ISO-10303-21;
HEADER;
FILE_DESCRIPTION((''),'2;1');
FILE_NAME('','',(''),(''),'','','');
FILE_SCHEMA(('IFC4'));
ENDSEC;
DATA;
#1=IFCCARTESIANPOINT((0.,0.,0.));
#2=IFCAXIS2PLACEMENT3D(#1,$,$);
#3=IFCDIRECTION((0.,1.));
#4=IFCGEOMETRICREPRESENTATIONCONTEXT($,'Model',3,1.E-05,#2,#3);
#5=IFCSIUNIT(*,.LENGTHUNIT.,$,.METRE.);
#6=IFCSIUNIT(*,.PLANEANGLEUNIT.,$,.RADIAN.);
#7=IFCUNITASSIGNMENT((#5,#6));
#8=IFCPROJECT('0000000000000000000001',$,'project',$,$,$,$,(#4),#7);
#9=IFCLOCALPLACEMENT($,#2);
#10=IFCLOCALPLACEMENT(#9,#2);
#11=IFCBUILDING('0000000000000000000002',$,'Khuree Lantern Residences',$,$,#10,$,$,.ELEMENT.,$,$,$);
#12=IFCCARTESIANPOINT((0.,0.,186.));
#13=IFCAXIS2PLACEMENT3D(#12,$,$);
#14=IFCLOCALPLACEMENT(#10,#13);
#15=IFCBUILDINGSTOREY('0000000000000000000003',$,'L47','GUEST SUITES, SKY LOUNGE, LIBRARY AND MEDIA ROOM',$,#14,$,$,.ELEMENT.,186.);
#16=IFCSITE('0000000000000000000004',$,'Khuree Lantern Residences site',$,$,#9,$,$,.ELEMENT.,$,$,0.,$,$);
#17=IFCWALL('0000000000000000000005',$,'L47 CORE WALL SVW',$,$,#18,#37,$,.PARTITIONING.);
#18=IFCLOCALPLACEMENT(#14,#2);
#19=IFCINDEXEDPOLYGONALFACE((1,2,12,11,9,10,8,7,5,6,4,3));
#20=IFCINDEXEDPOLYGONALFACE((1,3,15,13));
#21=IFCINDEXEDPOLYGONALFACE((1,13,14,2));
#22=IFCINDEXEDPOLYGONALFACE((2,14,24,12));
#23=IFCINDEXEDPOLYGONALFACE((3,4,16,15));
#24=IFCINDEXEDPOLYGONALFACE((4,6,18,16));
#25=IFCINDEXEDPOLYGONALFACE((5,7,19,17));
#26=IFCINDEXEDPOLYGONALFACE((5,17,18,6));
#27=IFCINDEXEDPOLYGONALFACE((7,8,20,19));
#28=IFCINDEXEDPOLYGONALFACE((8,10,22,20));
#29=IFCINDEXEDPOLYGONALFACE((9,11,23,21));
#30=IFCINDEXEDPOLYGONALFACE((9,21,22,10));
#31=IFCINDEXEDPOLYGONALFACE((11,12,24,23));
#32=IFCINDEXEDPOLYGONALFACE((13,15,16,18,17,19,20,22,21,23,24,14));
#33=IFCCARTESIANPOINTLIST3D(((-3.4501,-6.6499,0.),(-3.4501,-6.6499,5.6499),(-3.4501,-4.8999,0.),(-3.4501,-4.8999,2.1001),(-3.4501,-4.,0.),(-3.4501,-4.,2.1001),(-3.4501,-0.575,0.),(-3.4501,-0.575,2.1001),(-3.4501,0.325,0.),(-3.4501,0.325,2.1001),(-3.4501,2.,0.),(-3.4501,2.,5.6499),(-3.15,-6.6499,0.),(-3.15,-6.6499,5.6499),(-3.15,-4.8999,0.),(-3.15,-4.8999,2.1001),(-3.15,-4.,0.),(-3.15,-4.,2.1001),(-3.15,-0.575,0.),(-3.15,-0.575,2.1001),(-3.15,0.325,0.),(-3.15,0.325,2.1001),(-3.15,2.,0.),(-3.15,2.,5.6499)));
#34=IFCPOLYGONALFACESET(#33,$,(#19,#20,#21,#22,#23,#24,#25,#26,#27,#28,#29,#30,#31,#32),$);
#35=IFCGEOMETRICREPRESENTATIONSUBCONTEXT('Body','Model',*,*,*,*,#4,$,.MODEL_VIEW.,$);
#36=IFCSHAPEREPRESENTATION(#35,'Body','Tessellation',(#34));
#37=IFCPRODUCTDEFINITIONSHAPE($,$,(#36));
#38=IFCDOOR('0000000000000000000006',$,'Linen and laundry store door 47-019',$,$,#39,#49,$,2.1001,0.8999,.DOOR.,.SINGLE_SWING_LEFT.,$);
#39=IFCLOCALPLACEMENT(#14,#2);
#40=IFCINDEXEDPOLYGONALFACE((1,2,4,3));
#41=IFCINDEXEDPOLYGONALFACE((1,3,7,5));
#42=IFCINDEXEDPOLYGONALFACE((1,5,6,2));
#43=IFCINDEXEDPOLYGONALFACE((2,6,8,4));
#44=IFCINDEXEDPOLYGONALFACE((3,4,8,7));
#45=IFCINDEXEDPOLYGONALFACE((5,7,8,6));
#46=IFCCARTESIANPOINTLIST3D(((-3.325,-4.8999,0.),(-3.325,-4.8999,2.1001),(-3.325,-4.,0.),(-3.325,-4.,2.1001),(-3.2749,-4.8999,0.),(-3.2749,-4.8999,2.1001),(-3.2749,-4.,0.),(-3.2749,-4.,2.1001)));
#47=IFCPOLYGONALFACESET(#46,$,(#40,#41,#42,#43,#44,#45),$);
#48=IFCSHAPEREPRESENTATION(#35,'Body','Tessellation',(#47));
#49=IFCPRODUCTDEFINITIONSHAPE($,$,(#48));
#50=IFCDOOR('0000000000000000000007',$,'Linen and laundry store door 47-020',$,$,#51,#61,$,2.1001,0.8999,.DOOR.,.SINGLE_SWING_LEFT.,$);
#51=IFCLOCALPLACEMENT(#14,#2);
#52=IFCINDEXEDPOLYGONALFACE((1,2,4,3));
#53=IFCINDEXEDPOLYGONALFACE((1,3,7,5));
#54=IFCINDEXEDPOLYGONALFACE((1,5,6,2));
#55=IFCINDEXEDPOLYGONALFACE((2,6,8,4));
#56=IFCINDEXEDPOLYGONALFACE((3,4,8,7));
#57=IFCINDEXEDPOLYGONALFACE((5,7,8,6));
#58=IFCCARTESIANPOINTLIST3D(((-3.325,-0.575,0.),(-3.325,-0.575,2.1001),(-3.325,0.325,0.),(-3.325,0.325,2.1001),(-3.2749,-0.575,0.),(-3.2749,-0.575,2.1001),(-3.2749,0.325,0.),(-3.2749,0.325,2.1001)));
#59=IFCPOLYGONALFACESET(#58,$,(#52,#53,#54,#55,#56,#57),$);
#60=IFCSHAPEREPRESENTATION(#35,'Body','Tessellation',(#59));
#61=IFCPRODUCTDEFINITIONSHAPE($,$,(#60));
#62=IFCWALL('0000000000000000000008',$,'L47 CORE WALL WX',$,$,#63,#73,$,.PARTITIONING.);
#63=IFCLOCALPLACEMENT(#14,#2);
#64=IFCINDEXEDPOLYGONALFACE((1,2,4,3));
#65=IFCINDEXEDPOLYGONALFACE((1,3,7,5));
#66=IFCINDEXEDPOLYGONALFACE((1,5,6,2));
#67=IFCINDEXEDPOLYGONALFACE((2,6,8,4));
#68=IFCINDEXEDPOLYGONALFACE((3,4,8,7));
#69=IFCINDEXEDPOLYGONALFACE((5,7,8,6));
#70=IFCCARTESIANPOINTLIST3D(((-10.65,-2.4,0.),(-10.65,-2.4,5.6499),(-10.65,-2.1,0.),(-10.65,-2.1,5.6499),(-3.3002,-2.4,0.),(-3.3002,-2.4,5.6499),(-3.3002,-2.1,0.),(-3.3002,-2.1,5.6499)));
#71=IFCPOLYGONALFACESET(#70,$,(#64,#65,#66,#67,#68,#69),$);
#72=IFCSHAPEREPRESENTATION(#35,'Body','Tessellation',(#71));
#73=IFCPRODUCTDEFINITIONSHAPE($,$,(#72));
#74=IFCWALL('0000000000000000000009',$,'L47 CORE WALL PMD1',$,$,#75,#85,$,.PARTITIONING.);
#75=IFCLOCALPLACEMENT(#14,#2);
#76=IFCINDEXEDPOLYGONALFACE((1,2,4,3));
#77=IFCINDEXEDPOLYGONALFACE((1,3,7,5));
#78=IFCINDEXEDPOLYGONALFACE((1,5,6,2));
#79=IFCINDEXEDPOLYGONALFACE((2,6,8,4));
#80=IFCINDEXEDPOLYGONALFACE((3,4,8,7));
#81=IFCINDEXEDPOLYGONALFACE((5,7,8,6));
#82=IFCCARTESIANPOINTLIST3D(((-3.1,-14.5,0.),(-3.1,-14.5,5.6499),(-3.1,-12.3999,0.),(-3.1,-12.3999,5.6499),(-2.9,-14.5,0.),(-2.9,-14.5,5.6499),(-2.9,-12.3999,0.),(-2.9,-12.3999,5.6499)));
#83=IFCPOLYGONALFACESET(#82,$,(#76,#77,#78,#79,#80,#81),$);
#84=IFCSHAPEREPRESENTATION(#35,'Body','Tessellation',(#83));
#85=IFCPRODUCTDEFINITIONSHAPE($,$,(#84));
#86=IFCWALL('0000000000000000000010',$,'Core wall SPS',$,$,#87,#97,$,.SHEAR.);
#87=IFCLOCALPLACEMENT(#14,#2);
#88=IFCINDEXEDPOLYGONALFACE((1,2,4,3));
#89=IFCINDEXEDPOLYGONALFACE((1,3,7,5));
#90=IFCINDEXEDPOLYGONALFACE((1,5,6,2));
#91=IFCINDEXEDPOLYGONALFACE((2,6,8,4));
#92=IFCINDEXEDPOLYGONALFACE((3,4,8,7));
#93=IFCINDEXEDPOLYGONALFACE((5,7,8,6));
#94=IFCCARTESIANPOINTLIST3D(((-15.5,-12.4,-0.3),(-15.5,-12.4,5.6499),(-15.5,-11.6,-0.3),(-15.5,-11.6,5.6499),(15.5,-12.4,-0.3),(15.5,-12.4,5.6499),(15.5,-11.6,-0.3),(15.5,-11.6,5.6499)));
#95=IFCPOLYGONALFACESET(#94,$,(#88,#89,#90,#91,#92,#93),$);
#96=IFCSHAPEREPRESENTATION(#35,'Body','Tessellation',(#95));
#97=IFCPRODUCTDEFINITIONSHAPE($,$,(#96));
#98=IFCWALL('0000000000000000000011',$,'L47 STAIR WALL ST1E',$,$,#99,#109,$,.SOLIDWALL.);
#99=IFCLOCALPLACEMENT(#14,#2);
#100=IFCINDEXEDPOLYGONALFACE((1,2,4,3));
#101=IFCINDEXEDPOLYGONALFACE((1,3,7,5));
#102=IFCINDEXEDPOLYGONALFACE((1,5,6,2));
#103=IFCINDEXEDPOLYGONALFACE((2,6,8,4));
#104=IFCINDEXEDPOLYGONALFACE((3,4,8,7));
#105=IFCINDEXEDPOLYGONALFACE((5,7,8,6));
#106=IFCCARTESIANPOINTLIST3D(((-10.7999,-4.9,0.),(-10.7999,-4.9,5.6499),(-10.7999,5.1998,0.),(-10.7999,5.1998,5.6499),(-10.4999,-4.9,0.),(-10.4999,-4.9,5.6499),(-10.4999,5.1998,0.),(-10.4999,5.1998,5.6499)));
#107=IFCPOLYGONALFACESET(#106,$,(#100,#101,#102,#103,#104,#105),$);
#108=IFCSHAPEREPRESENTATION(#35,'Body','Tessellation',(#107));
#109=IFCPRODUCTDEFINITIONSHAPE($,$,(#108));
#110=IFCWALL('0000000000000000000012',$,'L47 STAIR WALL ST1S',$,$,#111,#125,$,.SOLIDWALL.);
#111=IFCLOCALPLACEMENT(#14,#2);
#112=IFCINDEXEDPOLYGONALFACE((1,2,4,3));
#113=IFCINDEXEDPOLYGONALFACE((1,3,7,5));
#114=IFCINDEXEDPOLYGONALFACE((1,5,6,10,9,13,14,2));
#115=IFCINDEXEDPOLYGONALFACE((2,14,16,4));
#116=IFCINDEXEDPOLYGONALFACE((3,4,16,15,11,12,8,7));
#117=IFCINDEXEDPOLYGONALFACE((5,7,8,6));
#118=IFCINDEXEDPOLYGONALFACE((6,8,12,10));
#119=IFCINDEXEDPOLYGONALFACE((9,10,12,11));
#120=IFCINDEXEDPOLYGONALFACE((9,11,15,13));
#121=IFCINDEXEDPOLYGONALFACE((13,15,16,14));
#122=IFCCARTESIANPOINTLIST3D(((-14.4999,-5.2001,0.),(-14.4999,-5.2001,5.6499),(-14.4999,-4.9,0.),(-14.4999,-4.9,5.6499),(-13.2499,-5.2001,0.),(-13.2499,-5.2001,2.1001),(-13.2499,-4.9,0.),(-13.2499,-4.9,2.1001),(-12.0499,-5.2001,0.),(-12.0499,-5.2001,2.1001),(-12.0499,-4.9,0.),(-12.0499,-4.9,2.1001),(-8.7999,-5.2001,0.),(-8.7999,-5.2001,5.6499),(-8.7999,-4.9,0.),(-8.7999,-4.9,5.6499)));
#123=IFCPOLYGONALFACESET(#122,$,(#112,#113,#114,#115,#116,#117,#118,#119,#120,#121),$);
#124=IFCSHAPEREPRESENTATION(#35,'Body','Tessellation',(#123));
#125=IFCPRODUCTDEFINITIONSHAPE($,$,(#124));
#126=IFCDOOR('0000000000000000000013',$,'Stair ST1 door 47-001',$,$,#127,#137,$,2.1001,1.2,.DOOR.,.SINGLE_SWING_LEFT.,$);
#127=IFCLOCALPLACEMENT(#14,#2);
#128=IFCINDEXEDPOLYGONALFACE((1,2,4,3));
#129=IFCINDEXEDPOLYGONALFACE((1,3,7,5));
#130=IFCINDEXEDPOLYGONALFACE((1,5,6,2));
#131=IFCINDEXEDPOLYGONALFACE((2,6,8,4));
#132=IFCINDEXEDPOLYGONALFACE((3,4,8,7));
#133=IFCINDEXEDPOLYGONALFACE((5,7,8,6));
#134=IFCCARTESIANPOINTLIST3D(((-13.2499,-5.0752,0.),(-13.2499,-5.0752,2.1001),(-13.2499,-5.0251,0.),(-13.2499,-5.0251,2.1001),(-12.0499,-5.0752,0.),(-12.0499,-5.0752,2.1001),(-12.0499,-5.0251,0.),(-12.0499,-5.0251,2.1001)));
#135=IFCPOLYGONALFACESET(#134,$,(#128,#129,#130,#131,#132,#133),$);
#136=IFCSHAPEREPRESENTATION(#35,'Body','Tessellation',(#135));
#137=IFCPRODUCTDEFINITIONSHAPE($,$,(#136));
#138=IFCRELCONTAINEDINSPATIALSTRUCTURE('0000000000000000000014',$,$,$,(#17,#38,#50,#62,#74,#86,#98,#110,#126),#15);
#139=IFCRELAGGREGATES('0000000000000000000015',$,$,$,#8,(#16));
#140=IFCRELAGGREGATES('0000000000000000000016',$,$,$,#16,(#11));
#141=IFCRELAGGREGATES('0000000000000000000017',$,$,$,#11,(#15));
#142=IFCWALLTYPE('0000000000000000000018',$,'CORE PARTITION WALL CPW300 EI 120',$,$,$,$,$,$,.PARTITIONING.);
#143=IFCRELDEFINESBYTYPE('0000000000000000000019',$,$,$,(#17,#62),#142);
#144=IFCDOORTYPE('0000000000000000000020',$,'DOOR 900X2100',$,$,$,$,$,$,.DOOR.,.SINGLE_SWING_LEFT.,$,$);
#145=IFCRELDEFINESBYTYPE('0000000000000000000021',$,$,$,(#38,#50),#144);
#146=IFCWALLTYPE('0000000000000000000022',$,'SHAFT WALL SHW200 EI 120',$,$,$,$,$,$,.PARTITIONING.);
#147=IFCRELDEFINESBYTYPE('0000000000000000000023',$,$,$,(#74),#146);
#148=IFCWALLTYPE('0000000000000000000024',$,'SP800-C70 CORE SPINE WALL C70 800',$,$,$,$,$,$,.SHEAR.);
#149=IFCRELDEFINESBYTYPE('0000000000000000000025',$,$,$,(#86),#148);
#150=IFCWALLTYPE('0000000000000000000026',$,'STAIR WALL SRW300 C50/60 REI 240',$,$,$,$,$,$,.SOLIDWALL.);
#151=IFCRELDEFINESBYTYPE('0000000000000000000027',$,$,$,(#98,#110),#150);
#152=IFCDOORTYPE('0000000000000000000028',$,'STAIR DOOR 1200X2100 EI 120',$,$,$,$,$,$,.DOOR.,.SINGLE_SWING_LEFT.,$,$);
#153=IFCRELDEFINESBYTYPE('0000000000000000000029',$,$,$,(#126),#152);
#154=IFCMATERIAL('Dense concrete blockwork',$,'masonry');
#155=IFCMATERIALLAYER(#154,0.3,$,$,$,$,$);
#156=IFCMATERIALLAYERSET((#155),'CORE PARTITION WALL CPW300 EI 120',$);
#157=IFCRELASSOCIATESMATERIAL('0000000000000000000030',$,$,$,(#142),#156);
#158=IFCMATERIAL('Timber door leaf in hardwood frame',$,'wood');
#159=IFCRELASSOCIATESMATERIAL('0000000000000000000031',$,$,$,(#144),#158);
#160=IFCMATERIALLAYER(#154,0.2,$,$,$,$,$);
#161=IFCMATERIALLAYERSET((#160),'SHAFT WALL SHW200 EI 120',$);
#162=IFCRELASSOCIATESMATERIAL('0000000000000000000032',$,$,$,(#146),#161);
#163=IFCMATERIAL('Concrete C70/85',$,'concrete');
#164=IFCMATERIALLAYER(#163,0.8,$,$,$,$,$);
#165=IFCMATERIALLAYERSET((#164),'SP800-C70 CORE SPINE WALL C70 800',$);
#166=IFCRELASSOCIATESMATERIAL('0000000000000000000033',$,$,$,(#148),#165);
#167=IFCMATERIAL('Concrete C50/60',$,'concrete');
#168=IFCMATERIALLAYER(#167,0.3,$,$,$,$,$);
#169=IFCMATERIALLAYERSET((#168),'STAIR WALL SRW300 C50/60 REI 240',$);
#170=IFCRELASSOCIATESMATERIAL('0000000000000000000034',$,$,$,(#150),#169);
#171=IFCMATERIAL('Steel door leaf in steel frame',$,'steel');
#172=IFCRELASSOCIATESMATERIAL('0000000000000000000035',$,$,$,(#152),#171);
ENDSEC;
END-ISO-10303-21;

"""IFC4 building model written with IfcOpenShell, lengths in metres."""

from ifc_helpers import new_model, si_unit, direction, frame, frame_2d, origin, place, context, subcontext, project, spatial, rectangle, extrude, material, layer, layer_set, type_object, element, fill, save


model = new_model("IFC4")

# Units and contexts
model_context = context("Model", 3, precision=1e-05, world=origin(), true_north=direction((0.0, 1.0)))
body_context = subcontext(model_context, "Body", "Model", "MODEL_VIEW")
ifc_project = project(units=[si_unit("LENGTHUNIT", "METRE"), si_unit("PLANEANGLEUNIT", "RADIAN")], contexts=[model_context])

# Site, building, storey
site_placement = place(None, origin())
site = spatial("IfcSite", under=ifc_project, at=site_placement, Name="Khuree Lantern Residences site", CompositionType="ELEMENT", RefElevation=0.0)
building_placement = place(site_placement, origin())
building = spatial("IfcBuilding", under=site, at=building_placement, Name="Khuree Lantern Residences", CompositionType="ELEMENT")
storey_placement = place(building_placement, frame((0.0, 0.0, 186.0)))
storey = spatial("IfcBuildingStorey", under=building, at=storey_placement, Name="L47", Description="GUEST SUITES, SKY LOUNGE, LIBRARY AND MEDIA ROOM", CompositionType="ELEMENT", Elevation=186.0)

# Shared definitions
ifc_material_1 = material(Name="Dense concrete blockwork", Category="masonry")
ifc_layer_1 = layer(ifc_material_1, 0.3)
ifc_layer_set_1 = layer_set([ifc_layer_1], Name="CORE PARTITION WALL CPW300 EI 120")
wall_type_1 = type_object("IfcWallType", Name="CORE PARTITION WALL CPW300 EI 120", PredefinedType="PARTITIONING", material=ifc_layer_set_1)

# Shared definitions
ifc_material_2 = material(Name="Steel door leaf in steel frame", Category="steel")

# Wall, openings, doors
wall_1_placement = place(storey_placement, frame((-3.3, -6.6499, 0.0), z_axis=(0.0, 0.0, 1.0), x_axis=(0.0, 1.0, 0.0)))
wall_1 = element("IfcWall", 1, at=wall_1_placement, inside=storey, type_object=wall_type_1, Name="L47 CORE WALL SVW", PredefinedType="PARTITIONING", context=body_context, shape_type="SweptSolid", body=[
    extrude(rectangle(XDim=8.6499, YDim=0.3, at=frame_2d((4.325, 0.0))), origin(), (0.0, 0.0, 1.0), 5.6499),
])
opening_1_placement = place(wall_1_placement, frame((1.75, 0.0, 0.0)))
opening_1 = element("IfcOpeningElement", 2, at=opening_1_placement, cuts=wall_1, PredefinedType="OPENING", context=body_context, shape_type="SweptSolid", body=[
    extrude(rectangle(XDim=0.8999, YDim=2.1001, at=frame_2d((0.45, 1.05))), frame((0.0, 0.1602, 0.0), z_axis=(0.0, -1.0, 0.0), x_axis=(1.0, 0.0, 0.0)), (0.0, 0.0, 1.0), 0.3201),
])
opening_2_placement = place(wall_1_placement, frame((6.075, 0.0, 0.0)))
opening_2 = element("IfcOpeningElement", 3, at=opening_2_placement, cuts=wall_1, PredefinedType="OPENING", context=body_context, shape_type="SweptSolid", body=[
    extrude(rectangle(XDim=0.8999, YDim=2.1001, at=frame_2d((0.45, 1.05))), frame((0.0, 0.1602, 0.0), z_axis=(0.0, -1.0, 0.0), x_axis=(1.0, 0.0, 0.0)), (0.0, 0.0, 1.0), 0.3201),
])
ifc_material_3 = material(Name="Timber door leaf in hardwood frame", Category="wood")
door_type_1 = type_object("IfcDoorType", Name="DOOR 900X2100", OperationType="SINGLE_SWING_LEFT", PredefinedType="DOOR", material=ifc_material_3)
door_1_placement = place(opening_1_placement, origin())
door_1 = element("IfcDoor", 4, at=door_1_placement, inside=storey, type_object=door_type_1, Name="Linen and laundry store door 47-019", OperationType="SINGLE_SWING_LEFT", OverallHeight=2.1001, OverallWidth=0.8999, PredefinedType="DOOR", context=body_context, shape_type="SweptSolid", body=[
    extrude(rectangle(XDim=0.8999, YDim=2.1001, at=frame_2d((0.45, 1.05))), frame((0.0, 0.0249, 0.0), z_axis=(0.0, -1.0, 0.0), x_axis=(1.0, 0.0, 0.0)), (0.0, 0.0, 1.0), 0.05),
])
fill(opening_1, door_1)
door_2_placement = place(opening_2_placement, origin())
door_2 = element("IfcDoor", 5, at=door_2_placement, inside=storey, type_object=door_type_1, Name="Linen and laundry store door 47-020", OperationType="SINGLE_SWING_LEFT", OverallHeight=2.1001, OverallWidth=0.8999, PredefinedType="DOOR", context=body_context, shape_type="SweptSolid", body=[
    extrude(rectangle(XDim=0.8999, YDim=2.1001, at=frame_2d((0.45, 1.05))), frame((0.0, 0.0249, 0.0), z_axis=(0.0, -1.0, 0.0), x_axis=(1.0, 0.0, 0.0)), (0.0, 0.0, 1.0), 0.05),
])
fill(opening_2, door_2)

# Walls
wall_2_placement = place(storey_placement, frame((-10.6499, -2.25, 0.0), z_axis=(0.0, 0.0, 1.0), x_axis=(1.0, 0.0, 0.0)))
element("IfcWall", 6, at=wall_2_placement, inside=storey, type_object=wall_type_1, Name="L47 CORE WALL WX", PredefinedType="PARTITIONING", context=body_context, shape_type="SweptSolid", body=[
    extrude(rectangle(XDim=7.3499, YDim=0.3, at=frame_2d((3.6748, 0.0))), origin(), (0.0, 0.0, 1.0), 5.6499),
])
ifc_layer_2 = layer(ifc_material_1, 0.2)
ifc_layer_set_2 = layer_set([ifc_layer_2], Name="SHAFT WALL SHW200 EI 120")
wall_type_2 = type_object("IfcWallType", Name="SHAFT WALL SHW200 EI 120", PredefinedType="PARTITIONING", material=ifc_layer_set_2)
wall_3_placement = place(storey_placement, frame((-3.0, -14.5, 0.0), z_axis=(0.0, 0.0, 1.0), x_axis=(0.0, 1.0, 0.0)))
element("IfcWall", 7, at=wall_3_placement, inside=storey, type_object=wall_type_2, Name="L47 CORE WALL PMD1", PredefinedType="PARTITIONING", context=body_context, shape_type="SweptSolid", body=[
    extrude(rectangle(XDim=2.1001, YDim=0.2, at=frame_2d((1.05, 0.0))), origin(), (0.0, 0.0, 1.0), 5.6499),
])
ifc_material_4 = material(Name="Concrete C70/85", Category="concrete")
ifc_layer_3 = layer(ifc_material_4, 0.8)
ifc_layer_set_3 = layer_set([ifc_layer_3], Name="SP800-C70 CORE SPINE WALL C70 800")
wall_type_3 = type_object("IfcWallType", Name="SP800-C70 CORE SPINE WALL C70 800", PredefinedType="SHEAR", material=ifc_layer_set_3)
wall_4_placement = place(storey_placement, frame((-15.5, -12.0, -0.3), z_axis=(0.0, 0.0, 1.0), x_axis=(1.0, 0.0, 0.0)))
element("IfcWall", 8, at=wall_4_placement, inside=storey, type_object=wall_type_3, Name="Core wall SPS", PredefinedType="SHEAR", context=body_context, shape_type="SweptSolid", body=[
    extrude(rectangle(XDim=31.0, YDim=0.8, at=frame_2d((15.5, 0.0))), origin(), (0.0, 0.0, 1.0), 5.95),
])
ifc_material_5 = material(Name="Concrete C50/60", Category="concrete")
ifc_layer_4 = layer(ifc_material_5, 0.3)
ifc_layer_set_4 = layer_set([ifc_layer_4], Name="STAIR WALL SRW300 C50/60 REI 240")
wall_type_4 = type_object("IfcWallType", Name="STAIR WALL SRW300 C50/60 REI 240", PredefinedType="SOLIDWALL", material=ifc_layer_set_4)
wall_5_placement = place(storey_placement, frame((-10.6499, -4.8999, 0.0), z_axis=(0.0, 0.0, 1.0), x_axis=(0.0, 1.0, 0.0)))
element("IfcWall", 9, at=wall_5_placement, inside=storey, type_object=wall_type_4, Name="L47 STAIR WALL ST1E", PredefinedType="SOLIDWALL", context=body_context, shape_type="SweptSolid", body=[
    extrude(rectangle(XDim=10.0999, YDim=0.3, at=frame_2d((5.0498, 0.0))), origin(), (0.0, 0.0, 1.0), 5.6499),
])

# Wall, opening, door
wall_6_placement = place(storey_placement, frame((-14.5, -5.05, 0.0), z_axis=(0.0, 0.0, 1.0), x_axis=(1.0, 0.0, 0.0)))
wall_6 = element("IfcWall", 10, at=wall_6_placement, inside=storey, type_object=wall_type_4, Name="L47 STAIR WALL ST1S", PredefinedType="SOLIDWALL", context=body_context, shape_type="SweptSolid", body=[
    extrude(rectangle(XDim=5.7, YDim=0.3, at=frame_2d((2.8501, 0.0))), origin(), (0.0, 0.0, 1.0), 5.6499),
])
opening_3_placement = place(wall_6_placement, frame((1.25, 0.0, 0.0)))
opening_3 = element("IfcOpeningElement", 11, at=opening_3_placement, cuts=wall_6, PredefinedType="OPENING", context=body_context, shape_type="SweptSolid", body=[
    extrude(rectangle(XDim=1.2, YDim=2.1001, at=frame_2d((0.6001, 1.05))), frame((0.0, 0.1602, 0.0), z_axis=(0.0, -1.0, 0.0), x_axis=(1.0, 0.0, 0.0)), (0.0, 0.0, 1.0), 0.3201),
])
door_type_2 = type_object("IfcDoorType", Name="STAIR DOOR 1200X2100 EI 120", OperationType="SINGLE_SWING_LEFT", PredefinedType="DOOR", material=ifc_material_2)
door_3_placement = place(opening_3_placement, origin())
door_3 = element("IfcDoor", 12, at=door_3_placement, inside=storey, type_object=door_type_2, Name="Stair ST1 door 47-001", OperationType="SINGLE_SWING_LEFT", OverallHeight=2.1001, OverallWidth=1.2, PredefinedType="DOOR", context=body_context, shape_type="SweptSolid", body=[
    extrude(rectangle(XDim=1.2, YDim=2.1001, at=frame_2d((0.6001, 1.05))), frame((0.0, 0.0249, 0.0), z_axis=(0.0, -1.0, 0.0), x_axis=(1.0, 0.0, 0.0)), (0.0, 0.0, 1.0), 0.05),
])
fill(opening_3, door_3)

save(model, "model.ifc")
